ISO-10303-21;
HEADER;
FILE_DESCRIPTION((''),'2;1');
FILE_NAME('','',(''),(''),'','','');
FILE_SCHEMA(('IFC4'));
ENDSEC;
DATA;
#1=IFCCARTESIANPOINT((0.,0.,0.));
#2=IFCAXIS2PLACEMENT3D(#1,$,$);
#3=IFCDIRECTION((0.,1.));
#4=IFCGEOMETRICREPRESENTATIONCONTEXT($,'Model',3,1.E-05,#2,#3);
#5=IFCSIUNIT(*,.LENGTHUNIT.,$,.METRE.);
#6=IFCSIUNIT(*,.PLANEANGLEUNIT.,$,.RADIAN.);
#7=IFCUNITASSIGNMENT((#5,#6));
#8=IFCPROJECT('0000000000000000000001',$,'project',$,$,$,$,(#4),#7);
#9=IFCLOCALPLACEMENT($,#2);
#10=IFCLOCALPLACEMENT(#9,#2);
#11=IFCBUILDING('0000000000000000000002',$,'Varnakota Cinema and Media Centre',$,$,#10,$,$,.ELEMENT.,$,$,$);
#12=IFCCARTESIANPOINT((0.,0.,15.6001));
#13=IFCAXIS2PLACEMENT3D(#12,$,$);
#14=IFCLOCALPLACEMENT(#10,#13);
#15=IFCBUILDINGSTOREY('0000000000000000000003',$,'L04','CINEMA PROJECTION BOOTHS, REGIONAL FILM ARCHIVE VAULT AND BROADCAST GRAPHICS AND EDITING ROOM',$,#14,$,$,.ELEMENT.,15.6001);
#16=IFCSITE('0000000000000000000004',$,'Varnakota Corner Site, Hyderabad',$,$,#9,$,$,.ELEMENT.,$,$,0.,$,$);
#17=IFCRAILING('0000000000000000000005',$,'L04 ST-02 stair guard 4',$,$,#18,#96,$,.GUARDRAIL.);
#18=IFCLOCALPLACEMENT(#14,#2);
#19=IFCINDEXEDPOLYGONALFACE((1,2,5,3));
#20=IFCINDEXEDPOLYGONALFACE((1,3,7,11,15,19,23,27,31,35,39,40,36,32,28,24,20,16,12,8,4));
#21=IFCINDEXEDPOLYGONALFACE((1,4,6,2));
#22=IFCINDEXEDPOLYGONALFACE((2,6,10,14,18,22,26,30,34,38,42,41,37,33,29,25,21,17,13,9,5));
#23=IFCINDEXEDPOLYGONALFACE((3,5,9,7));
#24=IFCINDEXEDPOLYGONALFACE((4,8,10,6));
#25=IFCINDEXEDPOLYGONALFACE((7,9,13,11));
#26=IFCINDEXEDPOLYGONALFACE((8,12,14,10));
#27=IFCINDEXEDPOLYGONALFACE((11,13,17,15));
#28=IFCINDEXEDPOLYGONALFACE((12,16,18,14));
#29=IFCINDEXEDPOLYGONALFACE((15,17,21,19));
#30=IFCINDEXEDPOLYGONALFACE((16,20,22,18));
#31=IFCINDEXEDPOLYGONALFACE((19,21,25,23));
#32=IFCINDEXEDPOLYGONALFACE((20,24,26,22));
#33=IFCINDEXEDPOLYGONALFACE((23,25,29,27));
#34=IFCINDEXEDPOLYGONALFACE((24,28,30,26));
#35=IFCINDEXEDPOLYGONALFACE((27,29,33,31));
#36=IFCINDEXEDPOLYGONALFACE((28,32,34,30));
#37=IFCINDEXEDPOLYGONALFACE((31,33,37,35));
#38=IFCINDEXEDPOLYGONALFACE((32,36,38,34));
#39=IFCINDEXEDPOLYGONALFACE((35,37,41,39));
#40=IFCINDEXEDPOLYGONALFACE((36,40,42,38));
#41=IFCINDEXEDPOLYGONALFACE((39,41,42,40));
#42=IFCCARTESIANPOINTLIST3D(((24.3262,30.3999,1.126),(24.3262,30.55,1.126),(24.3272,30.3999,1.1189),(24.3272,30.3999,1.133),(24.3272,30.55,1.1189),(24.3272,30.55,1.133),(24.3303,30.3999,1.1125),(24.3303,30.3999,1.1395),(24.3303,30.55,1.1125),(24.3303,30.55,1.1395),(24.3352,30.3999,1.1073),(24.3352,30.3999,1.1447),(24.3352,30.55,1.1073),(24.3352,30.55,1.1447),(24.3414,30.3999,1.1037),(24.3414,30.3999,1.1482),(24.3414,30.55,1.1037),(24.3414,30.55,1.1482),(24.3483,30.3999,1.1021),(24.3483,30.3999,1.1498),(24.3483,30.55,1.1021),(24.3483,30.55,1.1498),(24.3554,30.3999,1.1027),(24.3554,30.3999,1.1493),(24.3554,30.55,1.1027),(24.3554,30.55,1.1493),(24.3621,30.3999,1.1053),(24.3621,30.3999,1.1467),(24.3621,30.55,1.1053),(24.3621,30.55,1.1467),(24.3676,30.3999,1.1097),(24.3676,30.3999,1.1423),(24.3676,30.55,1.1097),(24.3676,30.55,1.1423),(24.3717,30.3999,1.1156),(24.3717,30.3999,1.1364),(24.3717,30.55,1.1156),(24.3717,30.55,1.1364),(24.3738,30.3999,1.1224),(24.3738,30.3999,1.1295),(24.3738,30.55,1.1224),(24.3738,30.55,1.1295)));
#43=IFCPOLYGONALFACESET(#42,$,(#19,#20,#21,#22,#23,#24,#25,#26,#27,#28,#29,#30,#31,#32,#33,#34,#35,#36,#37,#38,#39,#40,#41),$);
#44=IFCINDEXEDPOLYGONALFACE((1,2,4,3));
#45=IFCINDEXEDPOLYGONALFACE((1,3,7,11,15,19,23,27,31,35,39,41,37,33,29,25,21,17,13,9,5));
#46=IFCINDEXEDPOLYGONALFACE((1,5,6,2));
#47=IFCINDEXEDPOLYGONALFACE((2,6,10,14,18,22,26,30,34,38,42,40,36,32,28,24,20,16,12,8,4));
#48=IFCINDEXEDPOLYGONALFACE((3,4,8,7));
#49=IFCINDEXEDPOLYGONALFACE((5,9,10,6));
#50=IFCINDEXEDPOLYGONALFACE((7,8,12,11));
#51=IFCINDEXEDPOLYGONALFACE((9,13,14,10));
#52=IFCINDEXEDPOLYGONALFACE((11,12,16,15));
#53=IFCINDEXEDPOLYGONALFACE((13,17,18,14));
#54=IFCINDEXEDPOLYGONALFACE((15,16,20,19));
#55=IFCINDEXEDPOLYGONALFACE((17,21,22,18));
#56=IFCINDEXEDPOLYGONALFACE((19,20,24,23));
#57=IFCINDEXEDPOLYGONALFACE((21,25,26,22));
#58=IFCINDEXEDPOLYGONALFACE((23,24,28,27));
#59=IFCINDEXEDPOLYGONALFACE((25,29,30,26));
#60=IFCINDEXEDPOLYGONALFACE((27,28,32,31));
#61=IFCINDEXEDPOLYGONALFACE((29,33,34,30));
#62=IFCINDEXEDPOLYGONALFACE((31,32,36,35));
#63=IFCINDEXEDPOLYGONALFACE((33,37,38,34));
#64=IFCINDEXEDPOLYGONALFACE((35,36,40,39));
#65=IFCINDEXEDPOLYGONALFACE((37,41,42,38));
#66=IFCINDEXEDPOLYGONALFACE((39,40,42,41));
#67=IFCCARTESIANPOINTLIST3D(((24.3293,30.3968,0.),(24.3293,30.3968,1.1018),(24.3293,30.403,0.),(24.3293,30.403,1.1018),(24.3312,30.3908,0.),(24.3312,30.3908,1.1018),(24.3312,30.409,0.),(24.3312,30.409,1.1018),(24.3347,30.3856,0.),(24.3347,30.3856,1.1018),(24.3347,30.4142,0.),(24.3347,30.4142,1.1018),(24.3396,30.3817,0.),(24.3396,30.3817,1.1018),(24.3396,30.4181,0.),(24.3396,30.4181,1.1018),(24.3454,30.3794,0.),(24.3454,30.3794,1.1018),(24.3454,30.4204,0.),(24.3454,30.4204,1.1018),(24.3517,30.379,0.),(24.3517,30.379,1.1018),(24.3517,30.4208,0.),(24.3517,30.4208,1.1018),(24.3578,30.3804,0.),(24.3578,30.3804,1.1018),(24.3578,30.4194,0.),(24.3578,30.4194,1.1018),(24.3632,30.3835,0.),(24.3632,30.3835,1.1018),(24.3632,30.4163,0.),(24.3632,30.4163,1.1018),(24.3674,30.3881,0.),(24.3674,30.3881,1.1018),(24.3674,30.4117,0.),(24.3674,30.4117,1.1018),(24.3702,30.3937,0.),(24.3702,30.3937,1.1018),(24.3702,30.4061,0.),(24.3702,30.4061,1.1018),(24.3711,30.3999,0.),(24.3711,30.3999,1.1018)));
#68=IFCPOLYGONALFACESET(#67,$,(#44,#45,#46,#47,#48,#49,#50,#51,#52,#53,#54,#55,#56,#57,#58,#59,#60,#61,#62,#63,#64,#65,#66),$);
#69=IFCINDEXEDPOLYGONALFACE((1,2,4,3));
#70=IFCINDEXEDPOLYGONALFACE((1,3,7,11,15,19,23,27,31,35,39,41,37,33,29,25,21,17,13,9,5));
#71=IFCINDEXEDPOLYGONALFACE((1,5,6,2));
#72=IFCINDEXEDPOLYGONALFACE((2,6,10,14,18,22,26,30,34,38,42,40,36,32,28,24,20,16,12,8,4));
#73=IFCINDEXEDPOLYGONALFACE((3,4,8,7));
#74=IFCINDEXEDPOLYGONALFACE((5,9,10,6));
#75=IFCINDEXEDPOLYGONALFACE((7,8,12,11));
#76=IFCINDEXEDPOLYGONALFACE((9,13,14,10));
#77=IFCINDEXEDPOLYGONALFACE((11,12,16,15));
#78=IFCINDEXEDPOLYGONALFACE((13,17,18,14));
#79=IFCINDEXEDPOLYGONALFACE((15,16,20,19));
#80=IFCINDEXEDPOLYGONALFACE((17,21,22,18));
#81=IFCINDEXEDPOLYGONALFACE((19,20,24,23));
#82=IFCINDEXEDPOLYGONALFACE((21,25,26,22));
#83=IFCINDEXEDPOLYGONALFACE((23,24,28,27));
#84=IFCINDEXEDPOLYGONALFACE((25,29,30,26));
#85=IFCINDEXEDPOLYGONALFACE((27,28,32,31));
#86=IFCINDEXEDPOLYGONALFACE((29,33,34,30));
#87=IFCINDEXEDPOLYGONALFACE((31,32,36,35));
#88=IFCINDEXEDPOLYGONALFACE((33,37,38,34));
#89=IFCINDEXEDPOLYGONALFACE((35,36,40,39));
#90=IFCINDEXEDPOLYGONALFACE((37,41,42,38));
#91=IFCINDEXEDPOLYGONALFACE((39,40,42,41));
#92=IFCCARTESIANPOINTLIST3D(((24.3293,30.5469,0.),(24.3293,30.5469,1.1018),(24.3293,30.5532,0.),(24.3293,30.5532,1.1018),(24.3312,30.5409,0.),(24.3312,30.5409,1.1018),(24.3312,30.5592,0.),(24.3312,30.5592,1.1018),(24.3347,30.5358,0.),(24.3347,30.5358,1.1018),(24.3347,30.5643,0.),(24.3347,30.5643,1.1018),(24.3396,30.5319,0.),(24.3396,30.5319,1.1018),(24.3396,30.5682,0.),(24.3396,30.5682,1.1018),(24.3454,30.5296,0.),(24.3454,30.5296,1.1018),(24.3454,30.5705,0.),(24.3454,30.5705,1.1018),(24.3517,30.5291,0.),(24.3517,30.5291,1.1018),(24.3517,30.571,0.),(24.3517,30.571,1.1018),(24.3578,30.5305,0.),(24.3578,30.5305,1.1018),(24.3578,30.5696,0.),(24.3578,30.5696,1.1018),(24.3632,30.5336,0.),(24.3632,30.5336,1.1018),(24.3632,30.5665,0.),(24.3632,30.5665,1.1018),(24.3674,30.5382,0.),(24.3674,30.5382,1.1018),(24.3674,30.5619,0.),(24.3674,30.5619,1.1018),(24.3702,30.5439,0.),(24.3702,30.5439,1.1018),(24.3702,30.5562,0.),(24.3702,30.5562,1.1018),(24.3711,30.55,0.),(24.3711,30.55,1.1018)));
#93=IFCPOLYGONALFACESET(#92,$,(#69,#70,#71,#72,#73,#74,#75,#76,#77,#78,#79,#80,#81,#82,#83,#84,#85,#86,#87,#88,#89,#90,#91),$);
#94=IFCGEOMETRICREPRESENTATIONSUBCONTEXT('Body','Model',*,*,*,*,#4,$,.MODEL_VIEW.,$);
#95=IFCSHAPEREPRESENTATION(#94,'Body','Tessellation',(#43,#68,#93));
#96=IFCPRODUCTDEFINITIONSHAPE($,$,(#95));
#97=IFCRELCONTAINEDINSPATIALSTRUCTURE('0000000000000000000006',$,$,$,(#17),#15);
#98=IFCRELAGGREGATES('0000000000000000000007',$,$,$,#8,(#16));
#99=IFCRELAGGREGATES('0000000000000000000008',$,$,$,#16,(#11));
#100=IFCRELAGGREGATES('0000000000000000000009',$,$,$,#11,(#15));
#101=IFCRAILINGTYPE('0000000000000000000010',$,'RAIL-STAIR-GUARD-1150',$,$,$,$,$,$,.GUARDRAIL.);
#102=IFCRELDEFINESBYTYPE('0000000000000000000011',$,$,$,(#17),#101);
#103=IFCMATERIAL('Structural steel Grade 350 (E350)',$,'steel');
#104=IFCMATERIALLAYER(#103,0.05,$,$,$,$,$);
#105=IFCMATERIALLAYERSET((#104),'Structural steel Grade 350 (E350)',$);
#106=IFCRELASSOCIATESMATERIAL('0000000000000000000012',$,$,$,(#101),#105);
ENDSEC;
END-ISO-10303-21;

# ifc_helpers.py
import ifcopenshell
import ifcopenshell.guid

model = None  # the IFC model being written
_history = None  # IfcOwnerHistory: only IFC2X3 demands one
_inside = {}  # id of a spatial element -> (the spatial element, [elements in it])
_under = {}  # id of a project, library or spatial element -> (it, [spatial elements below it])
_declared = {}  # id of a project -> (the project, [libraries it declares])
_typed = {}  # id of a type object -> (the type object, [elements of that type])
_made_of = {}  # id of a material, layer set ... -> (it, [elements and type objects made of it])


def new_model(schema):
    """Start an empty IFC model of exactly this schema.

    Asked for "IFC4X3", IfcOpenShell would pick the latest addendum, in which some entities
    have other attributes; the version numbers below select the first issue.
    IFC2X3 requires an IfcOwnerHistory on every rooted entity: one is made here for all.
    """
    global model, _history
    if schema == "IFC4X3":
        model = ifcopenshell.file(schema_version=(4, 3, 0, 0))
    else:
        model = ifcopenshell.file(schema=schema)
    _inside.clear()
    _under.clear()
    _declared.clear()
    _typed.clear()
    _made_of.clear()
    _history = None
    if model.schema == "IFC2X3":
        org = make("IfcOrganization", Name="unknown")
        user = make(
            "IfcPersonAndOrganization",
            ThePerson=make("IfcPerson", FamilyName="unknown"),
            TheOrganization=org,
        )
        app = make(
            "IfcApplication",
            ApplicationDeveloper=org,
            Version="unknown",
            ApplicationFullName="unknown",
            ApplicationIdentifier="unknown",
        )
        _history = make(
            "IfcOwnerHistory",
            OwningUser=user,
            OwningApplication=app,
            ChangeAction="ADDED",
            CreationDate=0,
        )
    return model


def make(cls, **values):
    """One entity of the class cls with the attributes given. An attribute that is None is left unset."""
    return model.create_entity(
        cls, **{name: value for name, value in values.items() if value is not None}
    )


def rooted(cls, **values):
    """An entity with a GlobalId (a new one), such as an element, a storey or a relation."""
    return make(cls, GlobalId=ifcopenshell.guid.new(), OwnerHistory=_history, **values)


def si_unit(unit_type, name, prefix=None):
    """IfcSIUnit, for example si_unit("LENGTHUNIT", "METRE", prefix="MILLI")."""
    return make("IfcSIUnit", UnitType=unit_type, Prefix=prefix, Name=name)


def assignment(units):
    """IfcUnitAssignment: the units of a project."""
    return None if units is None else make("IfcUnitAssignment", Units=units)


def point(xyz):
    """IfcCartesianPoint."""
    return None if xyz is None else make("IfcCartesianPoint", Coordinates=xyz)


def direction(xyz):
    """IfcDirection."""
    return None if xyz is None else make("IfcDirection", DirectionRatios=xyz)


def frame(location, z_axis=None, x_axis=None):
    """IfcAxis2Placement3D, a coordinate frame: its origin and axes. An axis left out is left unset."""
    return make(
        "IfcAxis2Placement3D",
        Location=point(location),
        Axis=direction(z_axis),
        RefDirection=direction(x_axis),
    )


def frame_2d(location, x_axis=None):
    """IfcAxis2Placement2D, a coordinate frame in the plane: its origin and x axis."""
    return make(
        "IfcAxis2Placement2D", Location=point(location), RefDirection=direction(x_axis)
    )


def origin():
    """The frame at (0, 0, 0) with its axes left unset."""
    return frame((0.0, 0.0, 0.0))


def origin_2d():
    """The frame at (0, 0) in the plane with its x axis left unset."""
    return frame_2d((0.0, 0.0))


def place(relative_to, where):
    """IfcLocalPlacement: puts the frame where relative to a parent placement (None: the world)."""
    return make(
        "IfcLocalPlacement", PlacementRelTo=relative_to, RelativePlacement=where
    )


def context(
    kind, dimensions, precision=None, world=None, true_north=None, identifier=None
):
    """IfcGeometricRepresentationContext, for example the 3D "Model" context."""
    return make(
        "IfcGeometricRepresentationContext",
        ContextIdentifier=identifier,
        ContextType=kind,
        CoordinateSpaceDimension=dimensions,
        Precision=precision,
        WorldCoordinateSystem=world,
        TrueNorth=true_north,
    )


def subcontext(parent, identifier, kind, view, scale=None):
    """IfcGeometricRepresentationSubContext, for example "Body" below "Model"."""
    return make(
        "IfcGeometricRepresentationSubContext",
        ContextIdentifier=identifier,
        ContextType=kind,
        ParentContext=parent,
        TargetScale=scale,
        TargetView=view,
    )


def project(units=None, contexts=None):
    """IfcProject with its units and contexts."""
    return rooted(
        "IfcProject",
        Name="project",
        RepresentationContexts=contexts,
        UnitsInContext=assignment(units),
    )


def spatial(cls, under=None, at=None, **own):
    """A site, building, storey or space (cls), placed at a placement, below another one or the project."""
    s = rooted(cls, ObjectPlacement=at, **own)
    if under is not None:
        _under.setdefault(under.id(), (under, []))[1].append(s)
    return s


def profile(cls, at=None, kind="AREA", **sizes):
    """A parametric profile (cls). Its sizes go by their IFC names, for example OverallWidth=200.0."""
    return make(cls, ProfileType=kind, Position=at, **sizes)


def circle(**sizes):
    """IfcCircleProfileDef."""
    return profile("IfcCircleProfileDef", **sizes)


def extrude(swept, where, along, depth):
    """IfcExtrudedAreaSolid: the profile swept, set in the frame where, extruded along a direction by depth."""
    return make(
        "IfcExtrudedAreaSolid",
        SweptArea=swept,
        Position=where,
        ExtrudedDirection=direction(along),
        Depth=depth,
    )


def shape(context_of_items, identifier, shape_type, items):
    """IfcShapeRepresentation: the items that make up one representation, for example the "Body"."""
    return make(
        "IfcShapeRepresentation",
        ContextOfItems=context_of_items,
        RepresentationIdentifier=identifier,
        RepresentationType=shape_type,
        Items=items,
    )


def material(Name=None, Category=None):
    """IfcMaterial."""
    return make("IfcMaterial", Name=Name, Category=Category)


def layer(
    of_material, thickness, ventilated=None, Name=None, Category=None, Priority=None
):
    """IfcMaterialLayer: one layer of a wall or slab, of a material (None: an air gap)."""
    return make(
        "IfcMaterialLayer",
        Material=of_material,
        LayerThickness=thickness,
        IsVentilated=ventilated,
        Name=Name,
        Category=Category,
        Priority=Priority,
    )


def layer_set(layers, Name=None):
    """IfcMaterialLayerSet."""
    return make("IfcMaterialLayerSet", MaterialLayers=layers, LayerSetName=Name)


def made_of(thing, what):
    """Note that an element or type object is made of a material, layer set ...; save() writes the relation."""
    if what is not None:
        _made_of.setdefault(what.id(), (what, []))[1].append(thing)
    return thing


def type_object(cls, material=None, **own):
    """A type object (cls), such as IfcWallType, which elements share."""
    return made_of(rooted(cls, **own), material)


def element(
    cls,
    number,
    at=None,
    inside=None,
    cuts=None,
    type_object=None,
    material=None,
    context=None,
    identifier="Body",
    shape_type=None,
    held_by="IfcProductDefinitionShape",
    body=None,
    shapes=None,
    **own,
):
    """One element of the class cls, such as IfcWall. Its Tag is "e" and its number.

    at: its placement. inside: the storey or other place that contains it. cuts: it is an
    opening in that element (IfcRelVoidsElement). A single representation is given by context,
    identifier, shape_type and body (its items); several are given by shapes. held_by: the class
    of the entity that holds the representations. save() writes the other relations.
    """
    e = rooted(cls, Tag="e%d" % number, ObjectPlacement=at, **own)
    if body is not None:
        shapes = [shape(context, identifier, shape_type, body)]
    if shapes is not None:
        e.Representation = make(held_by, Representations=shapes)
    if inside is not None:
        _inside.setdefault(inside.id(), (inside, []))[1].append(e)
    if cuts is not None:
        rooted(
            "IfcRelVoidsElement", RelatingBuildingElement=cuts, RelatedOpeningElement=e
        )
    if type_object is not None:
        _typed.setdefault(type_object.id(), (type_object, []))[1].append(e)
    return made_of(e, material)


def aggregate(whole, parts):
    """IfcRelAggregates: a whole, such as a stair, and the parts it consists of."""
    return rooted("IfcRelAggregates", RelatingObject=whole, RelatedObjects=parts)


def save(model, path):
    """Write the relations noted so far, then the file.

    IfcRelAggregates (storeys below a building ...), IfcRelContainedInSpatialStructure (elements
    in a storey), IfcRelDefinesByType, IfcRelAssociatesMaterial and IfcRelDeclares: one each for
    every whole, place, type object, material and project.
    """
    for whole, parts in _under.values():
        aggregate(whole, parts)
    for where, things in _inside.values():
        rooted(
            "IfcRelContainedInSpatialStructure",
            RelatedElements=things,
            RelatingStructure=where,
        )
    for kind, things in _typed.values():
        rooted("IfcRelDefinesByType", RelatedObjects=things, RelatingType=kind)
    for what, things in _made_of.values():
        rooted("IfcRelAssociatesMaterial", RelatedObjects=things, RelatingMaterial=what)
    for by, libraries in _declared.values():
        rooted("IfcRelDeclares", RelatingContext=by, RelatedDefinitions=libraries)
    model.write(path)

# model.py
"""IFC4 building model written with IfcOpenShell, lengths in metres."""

from ifc_helpers import new_model, si_unit, direction, frame, origin, origin_2d, place, context, subcontext, project, spatial, circle, extrude, material, layer, layer_set, type_object, element, save


model = new_model("IFC4")

# Units and contexts
model_context = context("Model", 3, precision=1e-05, world=origin(), true_north=direction((0.0, 1.0)))
body_context = subcontext(model_context, "Body", "Model", "MODEL_VIEW")
ifc_project = project(units=[si_unit("LENGTHUNIT", "METRE"), si_unit("PLANEANGLEUNIT", "RADIAN")], contexts=[model_context])

# Site, building, storey
site_placement = place(None, origin())
site = spatial("IfcSite", under=ifc_project, at=site_placement, Name="Varnakota Corner Site, Hyderabad", CompositionType="ELEMENT", RefElevation=0.0)
building_placement = place(site_placement, origin())
building = spatial("IfcBuilding", under=site, at=building_placement, Name="Varnakota Cinema and Media Centre", CompositionType="ELEMENT")
storey_placement = place(building_placement, frame((0.0, 0.0, 15.6001)))
storey = spatial("IfcBuildingStorey", under=building, at=storey_placement, Name="L04", Description="CINEMA PROJECTION BOOTHS, REGIONAL FILM ARCHIVE VAULT AND BROADCAST GRAPHICS AND EDITING ROOM", CompositionType="ELEMENT", Elevation=15.6001)

# Railing
ifc_material_1 = material(Name="Structural steel Grade 350 (E350)", Category="steel")
ifc_layer_1 = layer(ifc_material_1, 0.05)
ifc_layer_set_1 = layer_set([ifc_layer_1], Name="Structural steel Grade 350 (E350)")
railing_type_1 = type_object("IfcRailingType", Name="RAIL-STAIR-GUARD-1150", PredefinedType="GUARDRAIL", material=ifc_layer_set_1)
railing_1_placement = place(storey_placement, frame((24.3501, 30.3999, 0.0)))
element("IfcRailing", 1, at=railing_1_placement, inside=storey, type_object=railing_type_1, Name="L04 ST-02 stair guard 4", PredefinedType="GUARDRAIL", context=body_context, shape_type="SweptSolid", body=[
    extrude(circle(Radius=0.0239, at=origin_2d()), frame((0.0, 0.0, 1.126), z_axis=(0.0, 1.0, 0.0), x_axis=(-1.0, 0.0, 0.0)), (0.0, 0.0, 1.0), 0.1501),
    extrude(circle(Radius=0.021, at=origin_2d()), origin(), (0.0, 0.0, 1.0), 1.1018),
    extrude(circle(Radius=0.021, at=origin_2d()), frame((0.0, 0.1501, 0.0)), (0.0, 0.0, 1.0), 1.1018),
])

save(model, "model.ifc")
